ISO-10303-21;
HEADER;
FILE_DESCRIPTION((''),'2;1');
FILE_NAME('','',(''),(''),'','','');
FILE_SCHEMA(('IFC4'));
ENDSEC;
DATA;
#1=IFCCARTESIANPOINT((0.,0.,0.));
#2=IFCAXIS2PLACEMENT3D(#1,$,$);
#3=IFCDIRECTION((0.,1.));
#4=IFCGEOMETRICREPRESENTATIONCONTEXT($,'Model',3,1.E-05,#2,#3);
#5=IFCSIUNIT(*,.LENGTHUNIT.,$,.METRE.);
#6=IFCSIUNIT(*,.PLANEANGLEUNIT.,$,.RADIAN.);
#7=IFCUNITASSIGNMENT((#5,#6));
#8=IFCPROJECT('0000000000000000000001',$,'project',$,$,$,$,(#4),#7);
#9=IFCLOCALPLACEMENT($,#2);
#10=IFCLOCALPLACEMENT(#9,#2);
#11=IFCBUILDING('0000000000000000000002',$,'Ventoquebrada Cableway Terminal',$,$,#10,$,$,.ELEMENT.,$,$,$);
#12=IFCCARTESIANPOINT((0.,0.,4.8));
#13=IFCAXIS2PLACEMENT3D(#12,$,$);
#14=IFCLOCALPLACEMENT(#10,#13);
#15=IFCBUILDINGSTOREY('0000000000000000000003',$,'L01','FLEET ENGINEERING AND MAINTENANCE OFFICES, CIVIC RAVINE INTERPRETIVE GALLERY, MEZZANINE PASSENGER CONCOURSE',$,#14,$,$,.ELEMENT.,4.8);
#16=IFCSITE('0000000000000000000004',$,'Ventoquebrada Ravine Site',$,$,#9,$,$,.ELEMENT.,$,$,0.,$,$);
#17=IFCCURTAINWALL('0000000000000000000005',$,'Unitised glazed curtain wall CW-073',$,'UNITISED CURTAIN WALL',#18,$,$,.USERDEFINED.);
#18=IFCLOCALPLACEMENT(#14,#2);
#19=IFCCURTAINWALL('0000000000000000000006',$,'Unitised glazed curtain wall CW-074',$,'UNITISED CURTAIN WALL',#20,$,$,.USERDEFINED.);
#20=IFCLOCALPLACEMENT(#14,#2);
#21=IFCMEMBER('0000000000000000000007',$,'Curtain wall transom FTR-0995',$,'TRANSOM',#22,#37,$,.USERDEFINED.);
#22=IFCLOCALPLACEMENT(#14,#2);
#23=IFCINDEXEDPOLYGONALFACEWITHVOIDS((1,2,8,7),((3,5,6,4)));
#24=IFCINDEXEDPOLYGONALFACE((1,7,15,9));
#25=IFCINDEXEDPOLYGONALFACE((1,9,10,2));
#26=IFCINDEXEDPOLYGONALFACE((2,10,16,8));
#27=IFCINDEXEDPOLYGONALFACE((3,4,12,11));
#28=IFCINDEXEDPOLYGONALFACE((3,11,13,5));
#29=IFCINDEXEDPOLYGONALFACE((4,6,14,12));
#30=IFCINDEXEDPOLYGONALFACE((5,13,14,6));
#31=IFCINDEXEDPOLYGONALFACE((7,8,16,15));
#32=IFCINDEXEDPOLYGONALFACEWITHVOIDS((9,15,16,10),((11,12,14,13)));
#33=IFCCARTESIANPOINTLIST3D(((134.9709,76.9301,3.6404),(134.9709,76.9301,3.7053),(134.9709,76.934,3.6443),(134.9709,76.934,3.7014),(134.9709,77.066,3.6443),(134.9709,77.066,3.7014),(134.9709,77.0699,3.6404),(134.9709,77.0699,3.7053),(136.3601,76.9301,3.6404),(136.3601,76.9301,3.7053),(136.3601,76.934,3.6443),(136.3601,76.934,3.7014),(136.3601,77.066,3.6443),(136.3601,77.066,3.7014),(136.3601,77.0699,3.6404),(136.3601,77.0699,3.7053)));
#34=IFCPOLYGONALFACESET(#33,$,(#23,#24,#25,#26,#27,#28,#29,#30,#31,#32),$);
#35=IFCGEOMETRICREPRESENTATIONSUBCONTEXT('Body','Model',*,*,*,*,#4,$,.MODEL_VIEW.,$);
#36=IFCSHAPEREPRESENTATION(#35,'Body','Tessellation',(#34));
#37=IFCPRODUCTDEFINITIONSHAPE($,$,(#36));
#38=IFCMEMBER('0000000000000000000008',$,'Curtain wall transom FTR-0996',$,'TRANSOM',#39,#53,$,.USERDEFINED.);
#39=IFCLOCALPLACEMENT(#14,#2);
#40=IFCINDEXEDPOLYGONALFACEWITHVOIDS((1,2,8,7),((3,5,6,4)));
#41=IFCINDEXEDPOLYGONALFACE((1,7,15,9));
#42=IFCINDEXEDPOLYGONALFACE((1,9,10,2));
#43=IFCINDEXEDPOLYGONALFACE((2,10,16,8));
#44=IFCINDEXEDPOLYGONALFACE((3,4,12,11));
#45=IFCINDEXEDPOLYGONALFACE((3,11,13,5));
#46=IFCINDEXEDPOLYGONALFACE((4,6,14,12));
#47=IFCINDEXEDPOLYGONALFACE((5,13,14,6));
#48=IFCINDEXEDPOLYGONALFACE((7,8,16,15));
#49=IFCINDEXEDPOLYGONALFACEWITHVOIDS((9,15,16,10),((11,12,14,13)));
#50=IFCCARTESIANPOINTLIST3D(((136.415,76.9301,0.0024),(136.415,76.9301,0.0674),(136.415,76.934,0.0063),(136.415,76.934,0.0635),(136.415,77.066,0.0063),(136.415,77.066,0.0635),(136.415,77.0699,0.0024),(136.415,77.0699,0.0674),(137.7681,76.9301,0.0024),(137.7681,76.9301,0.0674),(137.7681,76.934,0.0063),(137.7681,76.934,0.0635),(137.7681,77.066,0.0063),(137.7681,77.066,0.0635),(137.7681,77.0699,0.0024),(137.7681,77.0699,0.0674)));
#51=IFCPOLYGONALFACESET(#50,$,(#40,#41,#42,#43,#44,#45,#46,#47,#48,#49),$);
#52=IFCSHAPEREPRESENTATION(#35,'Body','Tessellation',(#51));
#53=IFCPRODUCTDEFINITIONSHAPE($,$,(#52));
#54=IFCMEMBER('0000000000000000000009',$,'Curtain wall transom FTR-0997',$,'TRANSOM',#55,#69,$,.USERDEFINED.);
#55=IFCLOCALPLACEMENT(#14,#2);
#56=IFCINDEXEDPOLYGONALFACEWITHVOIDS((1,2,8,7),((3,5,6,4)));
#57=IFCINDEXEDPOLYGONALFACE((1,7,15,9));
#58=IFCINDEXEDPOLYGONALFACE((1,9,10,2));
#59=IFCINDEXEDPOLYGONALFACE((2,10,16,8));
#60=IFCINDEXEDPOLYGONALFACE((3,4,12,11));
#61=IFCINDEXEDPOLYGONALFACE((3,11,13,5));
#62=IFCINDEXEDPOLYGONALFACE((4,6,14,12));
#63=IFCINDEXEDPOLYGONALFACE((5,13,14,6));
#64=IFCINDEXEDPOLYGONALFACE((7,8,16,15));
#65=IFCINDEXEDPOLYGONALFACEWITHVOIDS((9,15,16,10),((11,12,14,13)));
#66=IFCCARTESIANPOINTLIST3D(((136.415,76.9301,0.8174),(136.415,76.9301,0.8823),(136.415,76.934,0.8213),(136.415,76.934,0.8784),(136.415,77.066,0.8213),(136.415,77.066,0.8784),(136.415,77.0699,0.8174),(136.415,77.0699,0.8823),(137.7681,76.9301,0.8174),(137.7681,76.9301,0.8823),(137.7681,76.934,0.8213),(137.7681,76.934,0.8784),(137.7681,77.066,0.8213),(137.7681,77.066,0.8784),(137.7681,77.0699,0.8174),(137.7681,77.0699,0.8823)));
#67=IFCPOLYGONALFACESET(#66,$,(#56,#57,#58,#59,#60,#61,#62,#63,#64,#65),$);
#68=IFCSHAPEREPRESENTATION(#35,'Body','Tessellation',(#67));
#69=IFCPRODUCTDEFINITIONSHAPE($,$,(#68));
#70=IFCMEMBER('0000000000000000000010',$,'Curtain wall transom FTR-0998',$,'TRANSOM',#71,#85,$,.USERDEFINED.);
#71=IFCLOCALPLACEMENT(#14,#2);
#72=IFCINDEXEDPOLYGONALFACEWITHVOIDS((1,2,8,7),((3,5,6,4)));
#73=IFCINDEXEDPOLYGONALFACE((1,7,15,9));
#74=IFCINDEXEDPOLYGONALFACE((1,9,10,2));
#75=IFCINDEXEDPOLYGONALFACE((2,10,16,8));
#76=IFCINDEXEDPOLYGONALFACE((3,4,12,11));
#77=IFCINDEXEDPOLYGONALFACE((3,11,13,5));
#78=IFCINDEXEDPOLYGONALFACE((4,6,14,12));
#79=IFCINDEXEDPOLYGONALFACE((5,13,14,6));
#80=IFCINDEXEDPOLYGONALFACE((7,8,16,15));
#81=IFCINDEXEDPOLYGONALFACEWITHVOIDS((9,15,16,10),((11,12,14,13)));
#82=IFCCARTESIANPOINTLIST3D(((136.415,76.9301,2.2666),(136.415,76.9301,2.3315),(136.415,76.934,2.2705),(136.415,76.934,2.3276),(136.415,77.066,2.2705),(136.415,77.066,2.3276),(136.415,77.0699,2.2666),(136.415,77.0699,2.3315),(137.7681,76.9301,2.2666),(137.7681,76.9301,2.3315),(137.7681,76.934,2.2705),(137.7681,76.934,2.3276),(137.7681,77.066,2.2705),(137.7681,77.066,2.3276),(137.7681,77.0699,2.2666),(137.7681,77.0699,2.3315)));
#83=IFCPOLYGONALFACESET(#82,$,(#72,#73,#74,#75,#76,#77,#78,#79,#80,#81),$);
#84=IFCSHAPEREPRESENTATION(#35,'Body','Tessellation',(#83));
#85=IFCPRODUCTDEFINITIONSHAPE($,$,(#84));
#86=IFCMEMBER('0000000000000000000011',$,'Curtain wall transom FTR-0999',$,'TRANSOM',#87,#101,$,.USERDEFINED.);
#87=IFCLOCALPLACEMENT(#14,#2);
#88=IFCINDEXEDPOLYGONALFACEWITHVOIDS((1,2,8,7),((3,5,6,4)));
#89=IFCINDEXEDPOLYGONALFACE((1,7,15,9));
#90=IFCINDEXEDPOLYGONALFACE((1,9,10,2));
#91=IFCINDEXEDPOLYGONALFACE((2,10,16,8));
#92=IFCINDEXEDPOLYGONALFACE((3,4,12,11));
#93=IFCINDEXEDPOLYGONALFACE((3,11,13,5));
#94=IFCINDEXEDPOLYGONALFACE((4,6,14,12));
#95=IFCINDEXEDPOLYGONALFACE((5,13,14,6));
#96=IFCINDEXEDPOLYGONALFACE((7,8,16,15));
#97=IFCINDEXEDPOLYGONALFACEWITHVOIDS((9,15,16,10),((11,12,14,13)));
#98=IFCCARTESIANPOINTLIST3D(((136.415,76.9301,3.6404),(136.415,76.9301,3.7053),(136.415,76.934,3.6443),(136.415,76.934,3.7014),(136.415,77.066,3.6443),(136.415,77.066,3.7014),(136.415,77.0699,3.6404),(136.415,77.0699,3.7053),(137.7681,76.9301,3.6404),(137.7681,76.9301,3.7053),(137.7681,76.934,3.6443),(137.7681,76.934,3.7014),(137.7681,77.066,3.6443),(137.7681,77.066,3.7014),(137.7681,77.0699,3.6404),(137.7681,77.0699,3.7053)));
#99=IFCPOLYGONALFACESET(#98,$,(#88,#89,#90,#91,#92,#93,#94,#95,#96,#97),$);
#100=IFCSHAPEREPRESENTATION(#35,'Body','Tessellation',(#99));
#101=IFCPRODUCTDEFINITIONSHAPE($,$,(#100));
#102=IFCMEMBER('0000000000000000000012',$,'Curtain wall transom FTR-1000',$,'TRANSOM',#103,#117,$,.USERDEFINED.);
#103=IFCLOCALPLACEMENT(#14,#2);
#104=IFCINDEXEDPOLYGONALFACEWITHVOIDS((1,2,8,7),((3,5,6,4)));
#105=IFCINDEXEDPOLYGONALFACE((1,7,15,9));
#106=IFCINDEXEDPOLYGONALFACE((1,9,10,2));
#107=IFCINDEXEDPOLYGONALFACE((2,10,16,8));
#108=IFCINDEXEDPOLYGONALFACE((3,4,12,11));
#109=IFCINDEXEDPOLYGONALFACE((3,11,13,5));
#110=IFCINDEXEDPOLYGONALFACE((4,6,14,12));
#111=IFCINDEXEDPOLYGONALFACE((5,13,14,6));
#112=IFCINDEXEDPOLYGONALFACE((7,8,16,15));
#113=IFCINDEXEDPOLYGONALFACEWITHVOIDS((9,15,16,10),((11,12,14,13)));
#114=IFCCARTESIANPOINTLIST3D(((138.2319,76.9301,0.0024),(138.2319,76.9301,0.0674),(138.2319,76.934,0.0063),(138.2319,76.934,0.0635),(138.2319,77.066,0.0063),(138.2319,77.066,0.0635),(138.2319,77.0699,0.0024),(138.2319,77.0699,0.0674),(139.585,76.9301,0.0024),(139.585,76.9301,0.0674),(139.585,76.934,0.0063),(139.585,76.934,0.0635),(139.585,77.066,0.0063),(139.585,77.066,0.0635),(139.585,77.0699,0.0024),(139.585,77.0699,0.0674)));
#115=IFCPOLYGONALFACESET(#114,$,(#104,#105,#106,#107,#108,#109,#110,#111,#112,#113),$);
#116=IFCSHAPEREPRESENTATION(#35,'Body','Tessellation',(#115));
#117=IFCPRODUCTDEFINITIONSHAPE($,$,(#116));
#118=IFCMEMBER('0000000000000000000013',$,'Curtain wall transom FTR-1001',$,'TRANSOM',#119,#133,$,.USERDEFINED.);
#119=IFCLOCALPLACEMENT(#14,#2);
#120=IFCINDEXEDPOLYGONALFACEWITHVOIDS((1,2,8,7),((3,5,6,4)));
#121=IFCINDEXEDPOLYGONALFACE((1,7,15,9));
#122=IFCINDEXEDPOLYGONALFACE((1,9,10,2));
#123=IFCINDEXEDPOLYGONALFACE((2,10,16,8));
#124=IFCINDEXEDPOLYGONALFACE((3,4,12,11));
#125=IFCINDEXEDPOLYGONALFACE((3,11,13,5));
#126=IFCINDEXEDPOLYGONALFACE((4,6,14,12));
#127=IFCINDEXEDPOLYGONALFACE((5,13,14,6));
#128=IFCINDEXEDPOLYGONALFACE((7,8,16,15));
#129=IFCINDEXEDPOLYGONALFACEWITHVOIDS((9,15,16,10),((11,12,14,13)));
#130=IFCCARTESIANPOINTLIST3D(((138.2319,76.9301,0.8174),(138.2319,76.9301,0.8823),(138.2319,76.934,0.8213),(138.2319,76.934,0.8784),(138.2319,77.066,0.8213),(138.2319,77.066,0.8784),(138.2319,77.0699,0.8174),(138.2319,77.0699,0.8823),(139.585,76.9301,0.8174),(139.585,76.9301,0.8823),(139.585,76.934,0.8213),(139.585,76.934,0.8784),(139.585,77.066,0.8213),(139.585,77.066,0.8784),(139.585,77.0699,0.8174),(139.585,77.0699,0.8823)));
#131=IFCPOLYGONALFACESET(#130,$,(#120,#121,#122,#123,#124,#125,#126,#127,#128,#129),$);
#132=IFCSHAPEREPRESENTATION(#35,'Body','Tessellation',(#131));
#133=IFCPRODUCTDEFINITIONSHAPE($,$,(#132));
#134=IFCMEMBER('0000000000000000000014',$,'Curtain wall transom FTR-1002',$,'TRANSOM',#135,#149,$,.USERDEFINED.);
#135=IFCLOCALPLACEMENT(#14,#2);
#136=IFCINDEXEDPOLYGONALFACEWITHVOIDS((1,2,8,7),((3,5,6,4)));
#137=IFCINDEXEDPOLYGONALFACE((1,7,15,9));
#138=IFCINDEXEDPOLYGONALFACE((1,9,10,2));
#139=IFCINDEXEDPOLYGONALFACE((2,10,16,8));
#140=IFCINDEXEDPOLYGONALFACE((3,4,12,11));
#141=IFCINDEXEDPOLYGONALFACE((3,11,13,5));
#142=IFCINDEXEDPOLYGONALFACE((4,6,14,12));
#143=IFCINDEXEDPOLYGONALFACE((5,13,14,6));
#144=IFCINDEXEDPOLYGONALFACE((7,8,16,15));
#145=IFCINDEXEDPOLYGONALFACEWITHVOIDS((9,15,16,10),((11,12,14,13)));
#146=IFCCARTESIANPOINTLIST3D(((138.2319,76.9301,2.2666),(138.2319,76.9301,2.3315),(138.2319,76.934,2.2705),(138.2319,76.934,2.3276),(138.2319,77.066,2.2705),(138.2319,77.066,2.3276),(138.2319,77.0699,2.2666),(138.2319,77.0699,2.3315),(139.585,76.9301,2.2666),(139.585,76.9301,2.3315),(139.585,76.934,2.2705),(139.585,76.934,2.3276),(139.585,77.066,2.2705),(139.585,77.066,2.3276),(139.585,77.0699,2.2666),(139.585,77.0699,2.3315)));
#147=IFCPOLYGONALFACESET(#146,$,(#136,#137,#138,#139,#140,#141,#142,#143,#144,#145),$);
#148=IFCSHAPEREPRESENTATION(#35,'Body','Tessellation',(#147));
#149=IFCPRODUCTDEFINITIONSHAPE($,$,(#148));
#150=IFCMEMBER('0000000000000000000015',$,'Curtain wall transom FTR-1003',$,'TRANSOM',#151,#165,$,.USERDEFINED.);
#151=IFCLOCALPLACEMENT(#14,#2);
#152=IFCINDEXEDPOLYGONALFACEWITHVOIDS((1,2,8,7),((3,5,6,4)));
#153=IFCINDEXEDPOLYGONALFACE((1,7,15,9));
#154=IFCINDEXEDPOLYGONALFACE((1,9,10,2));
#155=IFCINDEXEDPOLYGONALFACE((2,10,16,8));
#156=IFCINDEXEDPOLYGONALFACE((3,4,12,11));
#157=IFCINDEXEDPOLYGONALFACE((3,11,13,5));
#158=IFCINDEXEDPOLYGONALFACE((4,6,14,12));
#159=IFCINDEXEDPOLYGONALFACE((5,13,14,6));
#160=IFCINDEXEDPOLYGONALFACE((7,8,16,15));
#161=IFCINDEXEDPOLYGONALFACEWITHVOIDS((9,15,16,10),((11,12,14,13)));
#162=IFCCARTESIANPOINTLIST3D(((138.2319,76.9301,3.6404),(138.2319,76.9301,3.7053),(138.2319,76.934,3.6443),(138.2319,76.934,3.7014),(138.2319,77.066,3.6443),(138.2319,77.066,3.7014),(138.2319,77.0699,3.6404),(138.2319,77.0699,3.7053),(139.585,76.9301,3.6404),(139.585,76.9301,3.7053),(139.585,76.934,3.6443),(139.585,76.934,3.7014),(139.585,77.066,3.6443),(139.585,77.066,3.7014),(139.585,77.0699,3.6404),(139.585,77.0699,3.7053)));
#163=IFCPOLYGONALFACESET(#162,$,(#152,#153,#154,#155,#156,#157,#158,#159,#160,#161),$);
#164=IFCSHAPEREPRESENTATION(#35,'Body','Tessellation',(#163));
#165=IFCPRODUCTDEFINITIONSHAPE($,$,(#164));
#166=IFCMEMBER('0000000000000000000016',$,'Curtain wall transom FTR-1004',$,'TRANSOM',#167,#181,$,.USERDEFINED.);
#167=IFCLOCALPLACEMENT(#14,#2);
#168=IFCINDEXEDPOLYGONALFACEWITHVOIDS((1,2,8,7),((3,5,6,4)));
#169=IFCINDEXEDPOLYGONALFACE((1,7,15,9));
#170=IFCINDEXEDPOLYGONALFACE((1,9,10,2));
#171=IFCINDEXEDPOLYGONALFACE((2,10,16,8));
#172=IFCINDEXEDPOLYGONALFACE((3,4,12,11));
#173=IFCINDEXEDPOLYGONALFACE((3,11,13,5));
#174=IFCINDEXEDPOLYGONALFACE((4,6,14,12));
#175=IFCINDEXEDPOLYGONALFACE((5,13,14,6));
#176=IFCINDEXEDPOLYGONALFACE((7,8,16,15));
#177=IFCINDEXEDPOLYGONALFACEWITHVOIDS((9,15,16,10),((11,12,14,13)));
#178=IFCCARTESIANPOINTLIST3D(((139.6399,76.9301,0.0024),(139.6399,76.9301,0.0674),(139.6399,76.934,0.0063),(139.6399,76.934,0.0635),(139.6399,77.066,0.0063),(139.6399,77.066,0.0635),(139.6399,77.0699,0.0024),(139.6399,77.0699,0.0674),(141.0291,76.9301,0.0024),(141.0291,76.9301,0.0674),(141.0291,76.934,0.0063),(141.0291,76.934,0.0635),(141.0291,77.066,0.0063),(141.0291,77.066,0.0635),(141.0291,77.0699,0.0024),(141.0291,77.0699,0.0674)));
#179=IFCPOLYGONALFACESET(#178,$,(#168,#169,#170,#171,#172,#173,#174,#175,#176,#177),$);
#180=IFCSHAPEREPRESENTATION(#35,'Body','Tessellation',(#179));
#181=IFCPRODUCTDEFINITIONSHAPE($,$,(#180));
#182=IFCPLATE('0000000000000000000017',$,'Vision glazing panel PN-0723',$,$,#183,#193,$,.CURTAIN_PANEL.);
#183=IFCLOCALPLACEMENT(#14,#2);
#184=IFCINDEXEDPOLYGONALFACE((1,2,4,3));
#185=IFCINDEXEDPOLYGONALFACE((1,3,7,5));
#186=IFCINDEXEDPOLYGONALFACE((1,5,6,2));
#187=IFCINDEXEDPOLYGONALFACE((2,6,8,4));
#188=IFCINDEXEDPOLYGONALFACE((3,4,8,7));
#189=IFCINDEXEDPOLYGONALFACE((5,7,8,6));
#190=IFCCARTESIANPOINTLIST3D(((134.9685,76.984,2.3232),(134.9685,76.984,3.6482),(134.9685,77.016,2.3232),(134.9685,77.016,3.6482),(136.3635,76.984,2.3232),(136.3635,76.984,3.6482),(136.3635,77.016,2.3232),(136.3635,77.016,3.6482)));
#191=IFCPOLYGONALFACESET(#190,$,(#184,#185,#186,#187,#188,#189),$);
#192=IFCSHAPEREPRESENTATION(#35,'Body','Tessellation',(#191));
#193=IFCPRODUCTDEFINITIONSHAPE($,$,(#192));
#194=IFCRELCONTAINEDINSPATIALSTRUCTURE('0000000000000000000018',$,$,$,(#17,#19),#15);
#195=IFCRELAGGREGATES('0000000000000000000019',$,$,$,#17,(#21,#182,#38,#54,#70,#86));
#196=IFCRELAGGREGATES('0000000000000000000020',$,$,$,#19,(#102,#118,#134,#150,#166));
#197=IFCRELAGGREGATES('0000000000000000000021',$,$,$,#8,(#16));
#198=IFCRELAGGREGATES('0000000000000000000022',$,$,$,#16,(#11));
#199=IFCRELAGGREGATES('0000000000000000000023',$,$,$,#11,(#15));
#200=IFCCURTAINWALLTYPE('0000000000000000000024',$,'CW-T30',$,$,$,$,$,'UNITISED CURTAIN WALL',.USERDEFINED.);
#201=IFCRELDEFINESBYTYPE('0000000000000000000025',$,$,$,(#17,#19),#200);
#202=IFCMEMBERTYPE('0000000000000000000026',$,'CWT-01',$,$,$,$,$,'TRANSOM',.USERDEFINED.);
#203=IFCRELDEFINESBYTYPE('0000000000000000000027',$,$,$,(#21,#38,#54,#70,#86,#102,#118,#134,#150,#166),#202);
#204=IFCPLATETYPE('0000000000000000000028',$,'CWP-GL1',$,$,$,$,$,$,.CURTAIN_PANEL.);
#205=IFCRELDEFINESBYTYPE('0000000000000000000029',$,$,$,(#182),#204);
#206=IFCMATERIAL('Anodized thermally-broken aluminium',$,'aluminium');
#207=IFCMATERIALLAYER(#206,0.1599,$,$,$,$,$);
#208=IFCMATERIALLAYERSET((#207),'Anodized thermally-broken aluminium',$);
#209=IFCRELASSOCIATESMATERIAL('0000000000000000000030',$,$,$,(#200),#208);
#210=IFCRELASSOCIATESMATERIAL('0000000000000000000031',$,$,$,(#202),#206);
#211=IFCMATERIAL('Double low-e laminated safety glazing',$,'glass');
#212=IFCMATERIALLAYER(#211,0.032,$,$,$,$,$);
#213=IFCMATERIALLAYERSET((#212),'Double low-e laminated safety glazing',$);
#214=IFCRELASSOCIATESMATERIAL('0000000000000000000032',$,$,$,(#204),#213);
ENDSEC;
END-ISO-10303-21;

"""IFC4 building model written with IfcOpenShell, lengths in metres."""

from ifc_helpers import new_model, si_unit, direction, frame, origin, origin_2d, place, context, subcontext, project, spatial, rectangle, hollow_rectangle, extrude, material, layer, layer_set, material_profile, profile_set, type_object, element, aggregate, save


model = new_model("IFC4")

# Units and contexts
model_context = context("Model", 3, precision=1e-05, world=origin(), true_north=direction((0.0, 1.0)))
body_context = subcontext(model_context, "Body", "Model", "MODEL_VIEW")
ifc_project = project(units=[si_unit("LENGTHUNIT", "METRE"), si_unit("PLANEANGLEUNIT", "RADIAN")], contexts=[model_context])

# Site, building, storey
site_placement = place(None, origin())
site = spatial("IfcSite", under=ifc_project, at=site_placement, Name="Ventoquebrada Ravine Site", CompositionType="ELEMENT", RefElevation=0.0)
building_placement = place(site_placement, origin())
building = spatial("IfcBuilding", under=site, at=building_placement, Name="Ventoquebrada Cableway Terminal", CompositionType="ELEMENT")
storey_placement = place(building_placement, frame((0.0, 0.0, 4.8)))
storey = spatial("IfcBuildingStorey", under=building, at=storey_placement, Name="L01", Description="FLEET ENGINEERING AND MAINTENANCE OFFICES, CIVIC RAVINE INTERPRETIVE GALLERY, MEZZANINE PASSENGER CONCOURSE", CompositionType="ELEMENT", Elevation=4.8)

# Curtain walls
ifc_material_1 = material(Name="Anodized thermally-broken aluminium", Category="aluminium")
ifc_layer_1 = layer(ifc_material_1, 0.1599)
ifc_layer_set_1 = layer_set([ifc_layer_1], Name="Anodized thermally-broken aluminium")
curtain_wall_type = type_object("IfcCurtainWallType", Name="CW-T30", ElementType="UNITISED CURTAIN WALL", PredefinedType="USERDEFINED", material=ifc_layer_set_1)
curtain_wall_1_placement = place(storey_placement, origin())
curtain_wall_1 = element("IfcCurtainWall", 1, at=curtain_wall_1_placement, inside=storey, type_object=curtain_wall_type, Name="Unitised glazed curtain wall CW-073", ObjectType="UNITISED CURTAIN WALL", PredefinedType="USERDEFINED")
curtain_wall_2_placement = place(storey_placement, origin())
curtain_wall_2 = element("IfcCurtainWall", 2, at=curtain_wall_2_placement, inside=storey, type_object=curtain_wall_type, Name="Unitised glazed curtain wall CW-074", ObjectType="UNITISED CURTAIN WALL", PredefinedType="USERDEFINED")

# Members
ifc_material_profile_1 = material_profile(ifc_material_1, hollow_rectangle(XDim=0.0649, YDim=0.1399, WallThickness=0.0039, at=origin_2d()), Name="CW-TRN-65X140")
ifc_profile_set_1 = profile_set([ifc_material_profile_1], Name="Anodized thermally-broken aluminium")
member_type_1 = type_object("IfcMemberType", Name="CWT-01", ElementType="TRANSOM", PredefinedType="USERDEFINED", material=ifc_profile_set_1)
member_1_placement = place(storey_placement, frame((134.9709, 77.0, 3.6729), z_axis=(1.0, 0.0, 0.0), x_axis=(0.0, 0.0, 1.0)))
member_1 = element("IfcMember", 3, at=member_1_placement, type_object=member_type_1, Name="Curtain wall transom FTR-0995", ObjectType="TRANSOM", PredefinedType="USERDEFINED", context=body_context, shape_type="SweptSolid", body=[
    extrude(hollow_rectangle(XDim=0.0649, YDim=0.1399, WallThickness=0.0039, at=origin_2d()), origin(), (0.0, 0.0, 1.0), 1.3892),
])
member_2_placement = place(storey_placement, frame((136.415, 77.0, 0.0349), z_axis=(1.0, 0.0, 0.0), x_axis=(0.0, 0.0, 1.0)))
member_2 = element("IfcMember", 4, at=member_2_placement, type_object=member_type_1, Name="Curtain wall transom FTR-0996", ObjectType="TRANSOM", PredefinedType="USERDEFINED", context=body_context, shape_type="SweptSolid", body=[
    extrude(hollow_rectangle(XDim=0.0649, YDim=0.1399, WallThickness=0.0039, at=origin_2d()), origin(), (0.0, 0.0, 1.0), 1.353),
])
member_3_placement = place(storey_placement, frame((136.415, 77.0, 0.8499), z_axis=(1.0, 0.0, 0.0), x_axis=(0.0, 0.0, 1.0)))
member_3 = element("IfcMember", 5, at=member_3_placement, type_object=member_type_1, Name="Curtain wall transom FTR-0997", ObjectType="TRANSOM", PredefinedType="USERDEFINED", context=body_context, shape_type="SweptSolid", body=[
    extrude(hollow_rectangle(XDim=0.0649, YDim=0.1399, WallThickness=0.0039, at=origin_2d()), origin(), (0.0, 0.0, 1.0), 1.353),
])
member_4_placement = place(storey_placement, frame((136.415, 77.0, 2.2991), z_axis=(1.0, 0.0, 0.0), x_axis=(0.0, 0.0, 1.0)))
member_4 = element("IfcMember", 6, at=member_4_placement, type_object=member_type_1, Name="Curtain wall transom FTR-0998", ObjectType="TRANSOM", PredefinedType="USERDEFINED", context=body_context, shape_type="SweptSolid", body=[
    extrude(hollow_rectangle(XDim=0.0649, YDim=0.1399, WallThickness=0.0039, at=origin_2d()), origin(), (0.0, 0.0, 1.0), 1.353),
])
member_5_placement = place(storey_placement, frame((136.415, 77.0, 3.6729), z_axis=(1.0, 0.0, 0.0), x_axis=(0.0, 0.0, 1.0)))
member_5 = element("IfcMember", 7, at=member_5_placement, type_object=member_type_1, Name="Curtain wall transom FTR-0999", ObjectType="TRANSOM", PredefinedType="USERDEFINED", context=body_context, shape_type="SweptSolid", body=[
    extrude(hollow_rectangle(XDim=0.0649, YDim=0.1399, WallThickness=0.0039, at=origin_2d()), origin(), (0.0, 0.0, 1.0), 1.353),
])
member_6_placement = place(storey_placement, frame((138.2319, 77.0, 0.0349), z_axis=(1.0, 0.0, 0.0), x_axis=(0.0, 0.0, 1.0)))
member_6 = element("IfcMember", 8, at=member_6_placement, type_object=member_type_1, Name="Curtain wall transom FTR-1000", ObjectType="TRANSOM", PredefinedType="USERDEFINED", context=body_context, shape_type="SweptSolid", body=[
    extrude(hollow_rectangle(XDim=0.0649, YDim=0.1399, WallThickness=0.0039, at=origin_2d()), origin(), (0.0, 0.0, 1.0), 1.353),
])
member_7_placement = place(storey_placement, frame((138.2319, 77.0, 0.8499), z_axis=(1.0, 0.0, 0.0), x_axis=(0.0, 0.0, 1.0)))
member_7 = element("IfcMember", 9, at=member_7_placement, type_object=member_type_1, Name="Curtain wall transom FTR-1001", ObjectType="TRANSOM", PredefinedType="USERDEFINED", context=body_context, shape_type="SweptSolid", body=[
    extrude(hollow_rectangle(XDim=0.0649, YDim=0.1399, WallThickness=0.0039, at=origin_2d()), origin(), (0.0, 0.0, 1.0), 1.353),
])
member_8_placement = place(storey_placement, frame((138.2319, 77.0, 2.2991), z_axis=(1.0, 0.0, 0.0), x_axis=(0.0, 0.0, 1.0)))
member_8 = element("IfcMember", 10, at=member_8_placement, type_object=member_type_1, Name="Curtain wall transom FTR-1002", ObjectType="TRANSOM", PredefinedType="USERDEFINED", context=body_context, shape_type="SweptSolid", body=[
    extrude(hollow_rectangle(XDim=0.0649, YDim=0.1399, WallThickness=0.0039, at=origin_2d()), origin(), (0.0, 0.0, 1.0), 1.353),
])
member_9_placement = place(storey_placement, frame((138.2319, 77.0, 3.6729), z_axis=(1.0, 0.0, 0.0), x_axis=(0.0, 0.0, 1.0)))
member_9 = element("IfcMember", 11, at=member_9_placement, type_object=member_type_1, Name="Curtain wall transom FTR-1003", ObjectType="TRANSOM", PredefinedType="USERDEFINED", context=body_context, shape_type="SweptSolid", body=[
    extrude(hollow_rectangle(XDim=0.0649, YDim=0.1399, WallThickness=0.0039, at=origin_2d()), origin(), (0.0, 0.0, 1.0), 1.353),
])
member_10_placement = place(storey_placement, frame((139.6399, 77.0, 0.0349), z_axis=(1.0, 0.0, 0.0), x_axis=(0.0, 0.0, 1.0)))
member_10 = element("IfcMember", 12, at=member_10_placement, type_object=member_type_1, Name="Curtain wall transom FTR-1004", ObjectType="TRANSOM", PredefinedType="USERDEFINED", context=body_context, shape_type="SweptSolid", body=[
    extrude(hollow_rectangle(XDim=0.0649, YDim=0.1399, WallThickness=0.0039, at=origin_2d()), origin(), (0.0, 0.0, 1.0), 1.3892),
])

# Plate
ifc_material_2 = material(Name="Double low-e laminated safety glazing", Category="glass")
ifc_layer_2 = layer(ifc_material_2, 0.032)
ifc_layer_set_2 = layer_set([ifc_layer_2], Name="Double low-e laminated safety glazing")
plate_type_1 = type_object("IfcPlateType", Name="CWP-GL1", PredefinedType="CURTAIN_PANEL", material=ifc_layer_set_2)
plate_1_placement = place(storey_placement, frame((135.666, 77.0, 2.3232), z_axis=(0.0, 0.0, 1.0), x_axis=(1.0, 0.0, 0.0)))
plate_1 = element("IfcPlate", 13, at=plate_1_placement, type_object=plate_type_1, Name="Vision glazing panel PN-0723", PredefinedType="CURTAIN_PANEL", context=body_context, shape_type="SweptSolid", body=[
    extrude(rectangle(XDim=1.395, YDim=0.032, at=origin_2d()), origin(), (0.0, 0.0, 1.0), 1.325),
])
aggregate(curtain_wall_1, [member_1, plate_1, member_2, member_3, member_4, member_5])
aggregate(curtain_wall_2, [member_6, member_7, member_8, member_9, member_10])

save(model, "model.ifc")
